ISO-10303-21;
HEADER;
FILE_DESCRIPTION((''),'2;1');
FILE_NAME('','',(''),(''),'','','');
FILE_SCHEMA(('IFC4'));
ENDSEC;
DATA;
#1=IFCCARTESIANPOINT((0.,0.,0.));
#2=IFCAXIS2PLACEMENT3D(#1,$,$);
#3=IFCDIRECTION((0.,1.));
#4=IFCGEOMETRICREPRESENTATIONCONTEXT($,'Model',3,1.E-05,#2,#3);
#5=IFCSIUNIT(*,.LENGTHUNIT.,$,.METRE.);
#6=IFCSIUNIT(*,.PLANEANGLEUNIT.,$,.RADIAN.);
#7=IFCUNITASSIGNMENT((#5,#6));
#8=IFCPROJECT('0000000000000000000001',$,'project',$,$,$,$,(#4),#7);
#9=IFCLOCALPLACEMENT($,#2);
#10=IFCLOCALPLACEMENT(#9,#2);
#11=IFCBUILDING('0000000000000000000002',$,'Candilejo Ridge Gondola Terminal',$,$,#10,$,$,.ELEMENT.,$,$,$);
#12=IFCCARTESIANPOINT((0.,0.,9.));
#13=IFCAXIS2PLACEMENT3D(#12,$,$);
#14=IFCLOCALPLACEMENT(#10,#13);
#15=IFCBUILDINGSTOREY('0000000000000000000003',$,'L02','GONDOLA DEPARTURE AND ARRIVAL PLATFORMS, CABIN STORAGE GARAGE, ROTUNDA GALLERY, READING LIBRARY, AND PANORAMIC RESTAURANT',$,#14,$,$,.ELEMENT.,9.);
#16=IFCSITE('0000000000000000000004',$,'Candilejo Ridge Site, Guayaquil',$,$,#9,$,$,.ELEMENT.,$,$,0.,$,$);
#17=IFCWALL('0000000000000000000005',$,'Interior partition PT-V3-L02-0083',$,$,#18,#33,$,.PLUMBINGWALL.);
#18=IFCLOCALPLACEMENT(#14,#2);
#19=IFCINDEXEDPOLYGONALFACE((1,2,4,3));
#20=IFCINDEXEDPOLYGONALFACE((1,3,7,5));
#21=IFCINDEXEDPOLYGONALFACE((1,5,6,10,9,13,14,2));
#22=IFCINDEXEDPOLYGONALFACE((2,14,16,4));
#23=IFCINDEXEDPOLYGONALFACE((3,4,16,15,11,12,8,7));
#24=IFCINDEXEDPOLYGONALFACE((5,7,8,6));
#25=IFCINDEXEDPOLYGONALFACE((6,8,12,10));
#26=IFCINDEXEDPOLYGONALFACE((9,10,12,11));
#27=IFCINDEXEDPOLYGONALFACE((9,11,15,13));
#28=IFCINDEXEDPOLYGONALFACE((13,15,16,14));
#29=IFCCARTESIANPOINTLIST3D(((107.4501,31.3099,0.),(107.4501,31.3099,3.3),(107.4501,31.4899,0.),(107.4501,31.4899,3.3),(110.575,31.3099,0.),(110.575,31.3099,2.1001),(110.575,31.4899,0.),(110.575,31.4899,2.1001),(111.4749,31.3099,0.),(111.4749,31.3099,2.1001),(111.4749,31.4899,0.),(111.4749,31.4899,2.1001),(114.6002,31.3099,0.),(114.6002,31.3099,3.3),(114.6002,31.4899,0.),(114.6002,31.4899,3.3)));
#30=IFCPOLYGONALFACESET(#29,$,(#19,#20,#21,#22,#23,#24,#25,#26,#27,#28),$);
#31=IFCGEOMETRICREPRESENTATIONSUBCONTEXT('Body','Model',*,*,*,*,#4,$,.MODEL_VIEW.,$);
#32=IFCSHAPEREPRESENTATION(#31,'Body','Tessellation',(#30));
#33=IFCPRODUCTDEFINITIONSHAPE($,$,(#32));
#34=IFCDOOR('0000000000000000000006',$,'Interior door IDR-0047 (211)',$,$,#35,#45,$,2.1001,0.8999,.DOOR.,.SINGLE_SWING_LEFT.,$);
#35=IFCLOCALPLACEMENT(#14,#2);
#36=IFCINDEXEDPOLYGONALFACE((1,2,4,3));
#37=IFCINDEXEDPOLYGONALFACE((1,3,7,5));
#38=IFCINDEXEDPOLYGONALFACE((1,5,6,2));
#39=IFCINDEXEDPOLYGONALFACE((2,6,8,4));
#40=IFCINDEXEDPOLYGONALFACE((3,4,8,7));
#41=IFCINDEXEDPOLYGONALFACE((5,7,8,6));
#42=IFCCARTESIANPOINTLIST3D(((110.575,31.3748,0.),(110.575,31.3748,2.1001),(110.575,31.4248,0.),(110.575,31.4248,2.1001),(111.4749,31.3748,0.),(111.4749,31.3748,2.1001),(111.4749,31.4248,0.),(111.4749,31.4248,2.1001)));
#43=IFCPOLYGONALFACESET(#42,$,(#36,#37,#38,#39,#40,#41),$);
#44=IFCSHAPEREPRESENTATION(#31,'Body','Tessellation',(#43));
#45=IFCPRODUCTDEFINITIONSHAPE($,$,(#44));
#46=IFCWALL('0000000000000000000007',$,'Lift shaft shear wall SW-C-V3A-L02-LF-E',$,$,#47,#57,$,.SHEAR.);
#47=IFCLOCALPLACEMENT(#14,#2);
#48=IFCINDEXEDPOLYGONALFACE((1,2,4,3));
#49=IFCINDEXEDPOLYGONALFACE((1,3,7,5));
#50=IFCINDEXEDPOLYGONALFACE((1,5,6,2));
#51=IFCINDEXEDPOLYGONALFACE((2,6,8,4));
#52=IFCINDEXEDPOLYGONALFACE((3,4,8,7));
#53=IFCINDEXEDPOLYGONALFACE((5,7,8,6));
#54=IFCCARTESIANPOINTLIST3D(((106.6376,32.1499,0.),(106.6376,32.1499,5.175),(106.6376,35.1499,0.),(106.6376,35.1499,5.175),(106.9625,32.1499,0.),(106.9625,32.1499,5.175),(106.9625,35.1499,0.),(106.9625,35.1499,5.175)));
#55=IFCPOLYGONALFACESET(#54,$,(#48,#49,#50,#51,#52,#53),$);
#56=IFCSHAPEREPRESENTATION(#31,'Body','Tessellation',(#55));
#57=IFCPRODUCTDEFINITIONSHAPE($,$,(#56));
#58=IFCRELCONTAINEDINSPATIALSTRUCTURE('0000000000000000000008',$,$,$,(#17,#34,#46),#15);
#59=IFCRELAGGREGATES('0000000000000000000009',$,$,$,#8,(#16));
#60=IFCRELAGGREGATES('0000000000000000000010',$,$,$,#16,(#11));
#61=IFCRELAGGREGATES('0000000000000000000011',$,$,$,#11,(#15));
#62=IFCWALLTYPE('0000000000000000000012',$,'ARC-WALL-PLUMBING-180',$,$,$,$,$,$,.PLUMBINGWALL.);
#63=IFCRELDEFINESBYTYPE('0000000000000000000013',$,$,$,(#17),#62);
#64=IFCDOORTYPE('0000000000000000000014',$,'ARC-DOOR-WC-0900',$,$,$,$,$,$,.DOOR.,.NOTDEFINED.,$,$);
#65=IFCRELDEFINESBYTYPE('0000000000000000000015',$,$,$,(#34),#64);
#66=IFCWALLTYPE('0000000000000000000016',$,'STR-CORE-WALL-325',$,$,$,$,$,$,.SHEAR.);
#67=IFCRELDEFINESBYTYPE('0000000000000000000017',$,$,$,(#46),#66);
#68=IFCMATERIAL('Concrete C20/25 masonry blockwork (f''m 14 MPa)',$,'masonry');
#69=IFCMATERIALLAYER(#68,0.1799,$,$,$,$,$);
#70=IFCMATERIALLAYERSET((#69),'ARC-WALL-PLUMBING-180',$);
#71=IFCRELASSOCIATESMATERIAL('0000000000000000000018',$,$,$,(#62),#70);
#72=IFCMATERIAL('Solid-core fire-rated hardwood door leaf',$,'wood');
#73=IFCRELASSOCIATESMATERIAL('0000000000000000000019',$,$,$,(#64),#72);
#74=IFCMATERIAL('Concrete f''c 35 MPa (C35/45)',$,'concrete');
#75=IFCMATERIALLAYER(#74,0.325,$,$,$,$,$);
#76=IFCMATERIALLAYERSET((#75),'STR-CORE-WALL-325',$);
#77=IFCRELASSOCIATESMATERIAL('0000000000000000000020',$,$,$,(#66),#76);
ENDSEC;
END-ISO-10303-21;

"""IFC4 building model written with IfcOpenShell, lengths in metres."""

from ifc_helpers import new_model, si_unit, direction, frame, frame_2d, origin, place, context, subcontext, project, spatial, rectangle, extrude, material, layer, layer_set, type_object, element, fill, save


model = new_model("IFC4")

# Units and contexts
model_context = context("Model", 3, precision=1e-05, world=origin(), true_north=direction((0.0, 1.0)))
body_context = subcontext(model_context, "Body", "Model", "MODEL_VIEW")
ifc_project = project(units=[si_unit("LENGTHUNIT", "METRE"), si_unit("PLANEANGLEUNIT", "RADIAN")], contexts=[model_context])

# Site, building, storey
site_placement = place(None, origin())
site = spatial("IfcSite", under=ifc_project, at=site_placement, Name="Candilejo Ridge Site, Guayaquil", CompositionType="ELEMENT", RefElevation=0.0)
building_placement = place(site_placement, origin())
building = spatial("IfcBuilding", under=site, at=building_placement, Name="Candilejo Ridge Gondola Terminal", CompositionType="ELEMENT")
storey_placement = place(building_placement, frame((0.0, 0.0, 9.0)))
storey = spatial("IfcBuildingStorey", under=building, at=storey_placement, Name="L02", Description="GONDOLA DEPARTURE AND ARRIVAL PLATFORMS, CABIN STORAGE GARAGE, ROTUNDA GALLERY, READING LIBRARY, AND PANORAMIC RESTAURANT", CompositionType="ELEMENT", Elevation=9.0)

# Wall, opening, door
ifc_material_1 = material(Name="Concrete C20/25 masonry blockwork (f'm 14 MPa)", Category="masonry")
ifc_layer_1 = layer(ifc_material_1, 0.1799)
ifc_layer_set_1 = layer_set([ifc_layer_1], Name="ARC-WALL-PLUMBING-180")
wall_type_1 = type_object("IfcWallType", Name="ARC-WALL-PLUMBING-180", PredefinedType="PLUMBINGWALL", material=ifc_layer_set_1)
wall_1_placement = place(storey_placement, frame((107.45, 31.3999, 0.0), z_axis=(0.0, 0.0, 1.0), x_axis=(1.0, 0.0, 0.0)))
wall_1 = element("IfcWall", 1, at=wall_1_placement, inside=storey, type_object=wall_type_1, Name="Interior partition PT-V3-L02-0083", PredefinedType="PLUMBINGWALL", context=body_context, shape_type="SweptSolid", body=[
    extrude(rectangle(XDim=7.1501, YDim=0.1799, at=frame_2d((3.5752, 0.0))), origin(), (0.0, 0.0, 1.0), 3.3),
])
opening_placement = place(wall_1_placement, frame((3.125, 0.0, 0.0)))
opening = element("IfcOpeningElement", 2, at=opening_placement, cuts=wall_1, PredefinedType="OPENING", context=body_context, shape_type="SweptSolid", body=[
    extrude(rectangle(XDim=0.8999, YDim=2.1001, at=frame_2d((0.45, 1.05))), frame((0.0, 0.0999, 0.0), z_axis=(0.0, -1.0, 0.0), x_axis=(1.0, 0.0, 0.0)), (0.0, 0.0, 1.0), 0.2),
])
ifc_material_2 = material(Name="Solid-core fire-rated hardwood door leaf", Category="wood")
door_type = type_object("IfcDoorType", Name="ARC-DOOR-WC-0900", OperationType="NOTDEFINED", PredefinedType="DOOR", material=ifc_material_2)
door_placement = place(opening_placement, origin())
door = element("IfcDoor", 3, at=door_placement, inside=storey, type_object=door_type, Name="Interior door IDR-0047 (211)", OperationType="SINGLE_SWING_LEFT", OverallHeight=2.1001, OverallWidth=0.8999, PredefinedType="DOOR", context=body_context, shape_type="SweptSolid", body=[
    extrude(rectangle(XDim=0.8999, YDim=2.1001, at=frame_2d((0.45, 1.05))), frame((0.0, 0.0249, 0.0), z_axis=(0.0, -1.0, 0.0), x_axis=(1.0, 0.0, 0.0)), (0.0, 0.0, 1.0), 0.05),
])
fill(opening, door)

# Wall
ifc_material_3 = material(Name="Concrete f'c 35 MPa (C35/45)", Category="concrete")
ifc_layer_2 = layer(ifc_material_3, 0.325)
ifc_layer_set_2 = layer_set([ifc_layer_2], Name="STR-CORE-WALL-325")
wall_type_2 = type_object("IfcWallType", Name="STR-CORE-WALL-325", PredefinedType="SHEAR", material=ifc_layer_set_2)
wall_2_placement = place(storey_placement, frame((106.8, 32.1499, 0.0), z_axis=(0.0, 0.0, 1.0), x_axis=(0.0, 1.0, 0.0)))
element("IfcWall", 4, at=wall_2_placement, inside=storey, type_object=wall_type_2, Name="Lift shaft shear wall SW-C-V3A-L02-LF-E", PredefinedType="SHEAR", context=body_context, shape_type="SweptSolid", body=[
    extrude(rectangle(XDim=3.0, YDim=0.325, at=frame_2d((1.5, 0.0))), origin(), (0.0, 0.0, 1.0), 5.175),
])

save(model, "model.ifc")
